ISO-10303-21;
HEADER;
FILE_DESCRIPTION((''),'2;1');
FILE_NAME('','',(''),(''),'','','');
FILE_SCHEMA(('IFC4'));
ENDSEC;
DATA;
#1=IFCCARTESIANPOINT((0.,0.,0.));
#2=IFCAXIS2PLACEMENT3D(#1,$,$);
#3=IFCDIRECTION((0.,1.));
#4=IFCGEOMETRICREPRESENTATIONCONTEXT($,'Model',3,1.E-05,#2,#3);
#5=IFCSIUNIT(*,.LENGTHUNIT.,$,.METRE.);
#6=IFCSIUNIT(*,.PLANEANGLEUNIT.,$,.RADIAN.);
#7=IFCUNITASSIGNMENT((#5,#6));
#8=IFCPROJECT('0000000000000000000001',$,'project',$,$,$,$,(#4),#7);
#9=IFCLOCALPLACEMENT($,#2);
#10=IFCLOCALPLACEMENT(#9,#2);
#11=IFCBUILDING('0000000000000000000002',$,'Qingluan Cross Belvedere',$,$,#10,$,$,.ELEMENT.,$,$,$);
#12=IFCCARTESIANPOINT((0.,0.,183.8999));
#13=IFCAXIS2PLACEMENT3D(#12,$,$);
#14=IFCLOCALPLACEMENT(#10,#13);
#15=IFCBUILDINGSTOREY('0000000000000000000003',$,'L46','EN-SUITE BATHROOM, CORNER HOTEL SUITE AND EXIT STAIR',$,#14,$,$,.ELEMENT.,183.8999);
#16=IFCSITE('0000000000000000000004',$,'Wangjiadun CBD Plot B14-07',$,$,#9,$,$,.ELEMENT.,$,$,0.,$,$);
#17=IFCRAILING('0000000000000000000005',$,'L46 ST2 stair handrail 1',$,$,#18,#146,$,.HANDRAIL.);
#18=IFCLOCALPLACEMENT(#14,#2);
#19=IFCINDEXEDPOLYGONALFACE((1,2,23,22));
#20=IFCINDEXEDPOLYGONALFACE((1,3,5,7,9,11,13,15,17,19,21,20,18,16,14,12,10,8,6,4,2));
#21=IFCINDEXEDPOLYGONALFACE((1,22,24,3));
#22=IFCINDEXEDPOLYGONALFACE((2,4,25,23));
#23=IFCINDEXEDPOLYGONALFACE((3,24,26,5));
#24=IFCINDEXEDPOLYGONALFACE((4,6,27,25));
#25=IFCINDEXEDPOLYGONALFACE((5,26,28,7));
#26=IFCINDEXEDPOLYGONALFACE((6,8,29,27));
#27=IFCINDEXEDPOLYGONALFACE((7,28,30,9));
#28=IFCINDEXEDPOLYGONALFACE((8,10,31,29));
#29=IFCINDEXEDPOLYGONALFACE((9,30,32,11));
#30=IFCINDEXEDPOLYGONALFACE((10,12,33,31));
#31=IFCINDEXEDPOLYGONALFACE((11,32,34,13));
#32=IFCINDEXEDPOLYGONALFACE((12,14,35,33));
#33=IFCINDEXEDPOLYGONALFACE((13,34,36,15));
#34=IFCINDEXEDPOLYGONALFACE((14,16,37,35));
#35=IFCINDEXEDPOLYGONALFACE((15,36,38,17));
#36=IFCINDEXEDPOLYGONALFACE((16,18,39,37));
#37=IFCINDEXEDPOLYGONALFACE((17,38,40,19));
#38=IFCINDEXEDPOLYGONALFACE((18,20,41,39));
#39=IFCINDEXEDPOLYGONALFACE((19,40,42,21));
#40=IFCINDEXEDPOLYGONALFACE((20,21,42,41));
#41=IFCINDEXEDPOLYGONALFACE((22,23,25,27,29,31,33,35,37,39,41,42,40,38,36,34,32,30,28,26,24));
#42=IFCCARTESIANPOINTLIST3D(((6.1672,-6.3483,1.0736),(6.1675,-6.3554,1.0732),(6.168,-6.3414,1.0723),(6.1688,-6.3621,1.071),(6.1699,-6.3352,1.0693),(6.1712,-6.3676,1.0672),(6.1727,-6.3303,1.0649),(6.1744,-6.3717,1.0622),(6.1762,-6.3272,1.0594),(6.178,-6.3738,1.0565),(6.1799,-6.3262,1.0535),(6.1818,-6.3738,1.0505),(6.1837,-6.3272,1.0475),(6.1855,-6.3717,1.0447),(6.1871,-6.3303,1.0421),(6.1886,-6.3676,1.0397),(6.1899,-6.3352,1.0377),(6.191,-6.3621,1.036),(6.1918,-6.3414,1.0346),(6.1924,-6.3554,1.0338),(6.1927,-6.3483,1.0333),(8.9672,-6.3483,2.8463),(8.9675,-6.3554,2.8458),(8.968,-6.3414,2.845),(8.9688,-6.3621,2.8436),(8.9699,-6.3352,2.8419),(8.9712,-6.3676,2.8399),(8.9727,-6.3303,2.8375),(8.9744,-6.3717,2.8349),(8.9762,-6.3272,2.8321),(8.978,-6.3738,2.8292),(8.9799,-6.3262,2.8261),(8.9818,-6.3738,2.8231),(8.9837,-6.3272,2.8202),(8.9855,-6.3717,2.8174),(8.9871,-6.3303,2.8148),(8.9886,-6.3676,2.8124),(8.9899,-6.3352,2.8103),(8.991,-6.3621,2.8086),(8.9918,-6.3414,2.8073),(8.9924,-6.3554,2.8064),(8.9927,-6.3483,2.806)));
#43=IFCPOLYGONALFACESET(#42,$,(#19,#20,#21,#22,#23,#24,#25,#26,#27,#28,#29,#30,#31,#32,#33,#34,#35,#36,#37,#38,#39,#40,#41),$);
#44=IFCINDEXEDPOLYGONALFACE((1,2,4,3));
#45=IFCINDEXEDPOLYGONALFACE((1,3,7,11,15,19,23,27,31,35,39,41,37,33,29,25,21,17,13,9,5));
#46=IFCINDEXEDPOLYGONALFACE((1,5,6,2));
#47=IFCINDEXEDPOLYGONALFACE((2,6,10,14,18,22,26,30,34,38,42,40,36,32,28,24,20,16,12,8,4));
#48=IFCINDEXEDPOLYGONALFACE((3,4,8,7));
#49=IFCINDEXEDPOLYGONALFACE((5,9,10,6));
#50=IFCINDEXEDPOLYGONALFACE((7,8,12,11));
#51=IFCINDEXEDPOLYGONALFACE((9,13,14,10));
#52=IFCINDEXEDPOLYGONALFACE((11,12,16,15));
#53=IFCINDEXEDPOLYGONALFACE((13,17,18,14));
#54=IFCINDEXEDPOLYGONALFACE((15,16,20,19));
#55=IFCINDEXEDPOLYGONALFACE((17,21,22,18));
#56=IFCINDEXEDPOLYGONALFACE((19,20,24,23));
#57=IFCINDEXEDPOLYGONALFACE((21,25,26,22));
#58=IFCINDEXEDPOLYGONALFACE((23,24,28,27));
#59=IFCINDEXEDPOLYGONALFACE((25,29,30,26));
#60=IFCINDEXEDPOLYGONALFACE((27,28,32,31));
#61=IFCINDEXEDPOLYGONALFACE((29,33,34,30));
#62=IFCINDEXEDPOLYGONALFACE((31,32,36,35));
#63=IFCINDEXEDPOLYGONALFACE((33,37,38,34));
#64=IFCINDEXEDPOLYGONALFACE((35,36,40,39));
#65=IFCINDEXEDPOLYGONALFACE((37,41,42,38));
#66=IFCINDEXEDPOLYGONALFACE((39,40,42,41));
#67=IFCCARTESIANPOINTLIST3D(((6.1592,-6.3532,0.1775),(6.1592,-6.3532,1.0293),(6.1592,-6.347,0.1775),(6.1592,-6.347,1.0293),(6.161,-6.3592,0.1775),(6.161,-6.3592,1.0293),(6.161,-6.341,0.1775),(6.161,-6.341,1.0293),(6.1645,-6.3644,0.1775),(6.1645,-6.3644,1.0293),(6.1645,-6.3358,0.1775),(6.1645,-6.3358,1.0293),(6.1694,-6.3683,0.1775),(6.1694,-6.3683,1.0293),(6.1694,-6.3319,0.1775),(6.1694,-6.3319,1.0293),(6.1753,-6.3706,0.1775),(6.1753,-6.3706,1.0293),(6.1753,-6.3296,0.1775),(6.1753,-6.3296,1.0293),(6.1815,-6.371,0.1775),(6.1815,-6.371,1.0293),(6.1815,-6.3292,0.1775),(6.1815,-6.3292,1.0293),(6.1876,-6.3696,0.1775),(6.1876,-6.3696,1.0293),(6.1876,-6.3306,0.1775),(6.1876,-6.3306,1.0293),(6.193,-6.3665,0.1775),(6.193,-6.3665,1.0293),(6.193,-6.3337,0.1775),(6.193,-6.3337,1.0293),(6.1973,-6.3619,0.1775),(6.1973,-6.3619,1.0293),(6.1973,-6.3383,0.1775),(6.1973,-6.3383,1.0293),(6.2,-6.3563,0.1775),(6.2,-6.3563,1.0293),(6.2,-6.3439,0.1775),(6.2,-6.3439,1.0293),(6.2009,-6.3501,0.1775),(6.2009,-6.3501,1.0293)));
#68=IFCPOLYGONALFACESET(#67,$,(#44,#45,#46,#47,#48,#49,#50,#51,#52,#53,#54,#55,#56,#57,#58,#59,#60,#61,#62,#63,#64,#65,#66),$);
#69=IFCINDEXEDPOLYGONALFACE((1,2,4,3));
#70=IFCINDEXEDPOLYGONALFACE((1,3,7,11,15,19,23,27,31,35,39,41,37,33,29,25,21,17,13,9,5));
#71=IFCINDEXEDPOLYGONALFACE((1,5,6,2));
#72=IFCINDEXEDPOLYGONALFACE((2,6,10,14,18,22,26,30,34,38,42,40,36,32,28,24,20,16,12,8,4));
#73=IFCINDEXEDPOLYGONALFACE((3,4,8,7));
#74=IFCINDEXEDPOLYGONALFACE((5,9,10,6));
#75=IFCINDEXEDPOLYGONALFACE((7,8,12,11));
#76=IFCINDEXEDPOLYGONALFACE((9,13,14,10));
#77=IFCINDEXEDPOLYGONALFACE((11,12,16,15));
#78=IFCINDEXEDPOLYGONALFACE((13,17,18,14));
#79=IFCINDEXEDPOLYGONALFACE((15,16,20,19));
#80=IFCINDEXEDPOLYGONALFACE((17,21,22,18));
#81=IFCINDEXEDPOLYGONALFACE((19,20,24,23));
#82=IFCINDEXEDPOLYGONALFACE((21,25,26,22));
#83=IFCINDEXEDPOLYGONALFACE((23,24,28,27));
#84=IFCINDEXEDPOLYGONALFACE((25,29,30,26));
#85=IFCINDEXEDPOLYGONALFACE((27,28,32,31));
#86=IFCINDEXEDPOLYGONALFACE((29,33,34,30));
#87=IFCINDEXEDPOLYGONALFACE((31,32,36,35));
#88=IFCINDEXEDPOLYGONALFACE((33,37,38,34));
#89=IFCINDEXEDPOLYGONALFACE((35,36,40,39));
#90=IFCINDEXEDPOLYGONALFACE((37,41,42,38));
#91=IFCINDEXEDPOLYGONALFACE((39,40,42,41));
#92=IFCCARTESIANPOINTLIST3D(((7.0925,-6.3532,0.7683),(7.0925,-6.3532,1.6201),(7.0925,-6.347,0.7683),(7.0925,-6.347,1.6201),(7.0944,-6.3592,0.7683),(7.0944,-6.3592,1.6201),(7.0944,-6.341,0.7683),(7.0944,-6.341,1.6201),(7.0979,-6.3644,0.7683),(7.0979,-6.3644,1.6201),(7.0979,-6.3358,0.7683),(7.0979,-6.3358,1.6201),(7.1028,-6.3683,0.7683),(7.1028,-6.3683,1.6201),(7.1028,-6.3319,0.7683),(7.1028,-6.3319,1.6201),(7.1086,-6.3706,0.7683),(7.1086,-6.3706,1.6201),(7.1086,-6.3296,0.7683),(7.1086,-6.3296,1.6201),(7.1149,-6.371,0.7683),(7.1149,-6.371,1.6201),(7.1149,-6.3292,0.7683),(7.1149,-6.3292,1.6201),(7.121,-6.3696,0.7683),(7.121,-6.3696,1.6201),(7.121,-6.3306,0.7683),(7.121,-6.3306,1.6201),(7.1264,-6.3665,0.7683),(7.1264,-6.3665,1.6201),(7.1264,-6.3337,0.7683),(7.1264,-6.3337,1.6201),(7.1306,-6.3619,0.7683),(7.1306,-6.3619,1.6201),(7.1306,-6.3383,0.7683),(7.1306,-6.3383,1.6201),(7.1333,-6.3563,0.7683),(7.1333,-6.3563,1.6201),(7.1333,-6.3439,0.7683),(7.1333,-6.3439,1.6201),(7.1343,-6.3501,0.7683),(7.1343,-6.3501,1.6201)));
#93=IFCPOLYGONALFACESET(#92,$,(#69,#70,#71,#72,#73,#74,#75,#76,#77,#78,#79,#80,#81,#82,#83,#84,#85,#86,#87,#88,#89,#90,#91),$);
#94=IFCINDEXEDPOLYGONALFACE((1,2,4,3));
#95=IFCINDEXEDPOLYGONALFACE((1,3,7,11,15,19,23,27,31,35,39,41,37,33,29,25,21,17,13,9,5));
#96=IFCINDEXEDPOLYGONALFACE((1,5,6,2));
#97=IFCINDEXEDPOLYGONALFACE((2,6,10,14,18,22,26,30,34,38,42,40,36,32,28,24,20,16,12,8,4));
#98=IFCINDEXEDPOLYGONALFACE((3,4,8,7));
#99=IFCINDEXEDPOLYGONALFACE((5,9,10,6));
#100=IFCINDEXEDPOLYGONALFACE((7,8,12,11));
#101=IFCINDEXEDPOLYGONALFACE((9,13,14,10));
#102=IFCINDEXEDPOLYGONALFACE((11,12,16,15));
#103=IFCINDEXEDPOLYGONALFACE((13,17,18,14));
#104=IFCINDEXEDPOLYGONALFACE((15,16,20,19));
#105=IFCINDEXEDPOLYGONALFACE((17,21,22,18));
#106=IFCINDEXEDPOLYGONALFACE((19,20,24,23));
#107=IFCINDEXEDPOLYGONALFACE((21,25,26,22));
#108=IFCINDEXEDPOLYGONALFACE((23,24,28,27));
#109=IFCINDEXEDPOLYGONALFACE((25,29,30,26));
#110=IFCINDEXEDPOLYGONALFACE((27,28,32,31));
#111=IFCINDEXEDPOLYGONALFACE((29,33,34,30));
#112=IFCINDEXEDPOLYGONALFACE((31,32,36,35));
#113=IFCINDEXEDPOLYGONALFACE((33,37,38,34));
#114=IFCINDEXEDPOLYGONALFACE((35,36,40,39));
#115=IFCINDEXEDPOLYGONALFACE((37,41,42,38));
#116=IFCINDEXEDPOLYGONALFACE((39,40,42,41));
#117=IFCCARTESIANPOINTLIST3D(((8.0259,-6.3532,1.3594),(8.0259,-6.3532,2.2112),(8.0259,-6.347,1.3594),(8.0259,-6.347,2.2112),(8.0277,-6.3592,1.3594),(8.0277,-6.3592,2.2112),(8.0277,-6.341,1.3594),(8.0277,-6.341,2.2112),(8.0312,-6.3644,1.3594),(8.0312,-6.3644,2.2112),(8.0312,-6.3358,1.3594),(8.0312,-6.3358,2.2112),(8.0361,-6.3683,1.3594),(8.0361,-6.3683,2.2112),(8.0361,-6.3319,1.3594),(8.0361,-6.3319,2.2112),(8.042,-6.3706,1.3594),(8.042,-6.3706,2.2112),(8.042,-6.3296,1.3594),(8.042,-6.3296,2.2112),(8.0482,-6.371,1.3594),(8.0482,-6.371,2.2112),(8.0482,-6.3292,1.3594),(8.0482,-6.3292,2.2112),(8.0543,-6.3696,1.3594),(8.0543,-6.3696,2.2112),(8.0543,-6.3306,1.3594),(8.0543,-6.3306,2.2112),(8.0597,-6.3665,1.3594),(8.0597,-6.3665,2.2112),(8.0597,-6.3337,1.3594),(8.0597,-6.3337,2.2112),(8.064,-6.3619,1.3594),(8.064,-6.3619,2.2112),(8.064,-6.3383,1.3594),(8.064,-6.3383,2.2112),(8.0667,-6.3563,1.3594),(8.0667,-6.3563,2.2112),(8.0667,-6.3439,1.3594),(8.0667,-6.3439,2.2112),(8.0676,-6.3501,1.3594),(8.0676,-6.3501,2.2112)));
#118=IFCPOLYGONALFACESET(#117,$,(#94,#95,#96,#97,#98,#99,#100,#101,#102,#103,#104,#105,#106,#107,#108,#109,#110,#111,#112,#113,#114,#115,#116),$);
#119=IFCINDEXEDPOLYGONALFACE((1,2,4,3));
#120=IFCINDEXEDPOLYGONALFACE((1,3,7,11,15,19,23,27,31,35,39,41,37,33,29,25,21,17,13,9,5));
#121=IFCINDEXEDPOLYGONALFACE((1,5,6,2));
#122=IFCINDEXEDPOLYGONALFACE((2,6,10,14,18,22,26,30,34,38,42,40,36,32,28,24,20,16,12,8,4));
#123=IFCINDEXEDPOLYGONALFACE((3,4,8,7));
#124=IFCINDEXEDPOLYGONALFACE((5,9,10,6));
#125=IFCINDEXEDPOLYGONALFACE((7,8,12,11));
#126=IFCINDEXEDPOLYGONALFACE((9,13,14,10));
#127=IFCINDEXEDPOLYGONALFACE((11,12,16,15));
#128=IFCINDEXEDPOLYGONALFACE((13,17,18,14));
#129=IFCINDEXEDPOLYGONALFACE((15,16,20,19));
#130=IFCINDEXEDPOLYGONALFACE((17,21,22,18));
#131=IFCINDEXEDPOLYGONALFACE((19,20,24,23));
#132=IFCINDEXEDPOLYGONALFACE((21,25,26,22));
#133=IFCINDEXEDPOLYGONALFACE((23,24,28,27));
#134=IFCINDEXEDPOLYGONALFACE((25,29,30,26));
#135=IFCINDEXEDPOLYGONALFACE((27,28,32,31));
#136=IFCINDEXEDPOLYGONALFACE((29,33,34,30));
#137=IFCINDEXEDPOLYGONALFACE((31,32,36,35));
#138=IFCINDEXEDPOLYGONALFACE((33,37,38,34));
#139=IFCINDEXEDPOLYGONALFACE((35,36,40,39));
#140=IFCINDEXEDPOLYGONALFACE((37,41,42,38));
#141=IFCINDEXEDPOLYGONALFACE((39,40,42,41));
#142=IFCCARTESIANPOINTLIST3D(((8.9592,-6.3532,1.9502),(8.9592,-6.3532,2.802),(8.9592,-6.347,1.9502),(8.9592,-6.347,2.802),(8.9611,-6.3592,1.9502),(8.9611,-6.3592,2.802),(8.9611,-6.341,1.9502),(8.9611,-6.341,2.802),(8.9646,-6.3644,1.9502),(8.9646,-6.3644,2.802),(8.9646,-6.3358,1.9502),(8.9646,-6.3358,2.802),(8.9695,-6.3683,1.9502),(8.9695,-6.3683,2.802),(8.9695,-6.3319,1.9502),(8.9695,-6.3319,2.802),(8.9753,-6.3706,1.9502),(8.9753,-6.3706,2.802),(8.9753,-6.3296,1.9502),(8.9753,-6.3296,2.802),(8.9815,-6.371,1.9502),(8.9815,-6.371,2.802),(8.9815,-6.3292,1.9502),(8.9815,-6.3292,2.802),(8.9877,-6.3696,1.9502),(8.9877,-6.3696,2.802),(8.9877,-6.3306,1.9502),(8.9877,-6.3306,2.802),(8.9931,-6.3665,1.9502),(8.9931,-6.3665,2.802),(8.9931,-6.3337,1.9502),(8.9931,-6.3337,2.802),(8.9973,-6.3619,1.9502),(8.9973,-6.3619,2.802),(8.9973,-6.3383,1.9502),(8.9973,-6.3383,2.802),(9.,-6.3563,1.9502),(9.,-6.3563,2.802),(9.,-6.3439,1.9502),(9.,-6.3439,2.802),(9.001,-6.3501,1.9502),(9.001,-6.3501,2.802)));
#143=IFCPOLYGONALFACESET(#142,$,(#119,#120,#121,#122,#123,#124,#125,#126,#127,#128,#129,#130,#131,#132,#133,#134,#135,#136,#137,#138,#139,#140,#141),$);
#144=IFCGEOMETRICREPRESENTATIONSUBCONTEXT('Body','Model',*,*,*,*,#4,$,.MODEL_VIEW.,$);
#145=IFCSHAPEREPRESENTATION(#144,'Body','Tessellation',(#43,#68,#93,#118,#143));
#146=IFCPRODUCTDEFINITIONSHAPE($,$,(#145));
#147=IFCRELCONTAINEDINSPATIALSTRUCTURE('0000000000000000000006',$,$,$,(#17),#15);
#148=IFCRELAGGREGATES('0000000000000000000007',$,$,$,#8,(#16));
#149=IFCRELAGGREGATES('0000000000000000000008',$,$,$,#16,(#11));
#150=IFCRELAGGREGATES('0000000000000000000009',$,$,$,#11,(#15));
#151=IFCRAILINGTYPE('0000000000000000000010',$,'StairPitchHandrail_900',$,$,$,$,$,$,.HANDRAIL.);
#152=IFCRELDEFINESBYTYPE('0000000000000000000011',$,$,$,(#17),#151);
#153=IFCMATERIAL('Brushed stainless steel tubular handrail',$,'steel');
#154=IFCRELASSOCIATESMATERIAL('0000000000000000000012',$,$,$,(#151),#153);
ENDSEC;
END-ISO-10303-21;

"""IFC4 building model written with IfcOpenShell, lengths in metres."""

from ifc_helpers import new_model, si_unit, direction, frame, origin, origin_2d, place, context, subcontext, project, spatial, circle, extrude, material, type_object, element, save


model = new_model("IFC4")

# Units and contexts
model_context = context("Model", 3, precision=1e-05, world=origin(), true_north=direction((0.0, 1.0)))
body_context = subcontext(model_context, "Body", "Model", "MODEL_VIEW")
ifc_project = project(units=[si_unit("LENGTHUNIT", "METRE"), si_unit("PLANEANGLEUNIT", "RADIAN")], contexts=[model_context])

# Site, building, storey
site_placement = place(None, origin())
site = spatial("IfcSite", under=ifc_project, at=site_placement, Name="Wangjiadun CBD Plot B14-07", CompositionType="ELEMENT", RefElevation=0.0)
building_placement = place(site_placement, origin())
building = spatial("IfcBuilding", under=site, at=building_placement, Name="Qingluan Cross Belvedere", CompositionType="ELEMENT")
storey_placement = place(building_placement, frame((0.0, 0.0, 183.8999)))
storey = spatial("IfcBuildingStorey", under=building, at=storey_placement, Name="L46", Description="EN-SUITE BATHROOM, CORNER HOTEL SUITE AND EXIT STAIR", CompositionType="ELEMENT", Elevation=183.8999)

# Railing
ifc_material_1 = material(Name="Brushed stainless steel tubular handrail", Category="steel")
railing_type_1 = type_object("IfcRailingType", Name="StairPitchHandrail_900", PredefinedType="HANDRAIL", material=ifc_material_1)
railing_1_placement = place(storey_placement, frame((6.1799, -6.3501, 0.1775)))
element("IfcRailing", 1, at=railing_1_placement, inside=storey, type_object=railing_type_1, Name="L46 ST2 stair handrail 1", PredefinedType="HANDRAIL", context=body_context, shape_type="SweptSolid", body=[
    extrude(circle(Radius=0.0239, at=origin_2d()), frame((0.0, 0.0, 0.876), z_axis=(0.844909, 0.0, 0.53491), x_axis=(0.0, 1.0, 0.0)), (0.0, 0.0, 1.0), 3.314),
    extrude(circle(Radius=0.021, at=origin_2d()), origin(), (0.0, 0.0, 1.0), 0.8518),
    extrude(circle(Radius=0.021, at=origin_2d()), frame((0.9333, 0.0, 0.5908)), (0.0, 0.0, 1.0), 0.8518),
    extrude(circle(Radius=0.021, at=origin_2d()), frame((1.8667, 0.0, 1.1819)), (0.0, 0.0, 1.0), 0.8518),
    extrude(circle(Radius=0.021, at=origin_2d()), frame((2.8, 0.0, 1.7727)), (0.0, 0.0, 1.0), 0.8518),
])

save(model, "model.ifc")
